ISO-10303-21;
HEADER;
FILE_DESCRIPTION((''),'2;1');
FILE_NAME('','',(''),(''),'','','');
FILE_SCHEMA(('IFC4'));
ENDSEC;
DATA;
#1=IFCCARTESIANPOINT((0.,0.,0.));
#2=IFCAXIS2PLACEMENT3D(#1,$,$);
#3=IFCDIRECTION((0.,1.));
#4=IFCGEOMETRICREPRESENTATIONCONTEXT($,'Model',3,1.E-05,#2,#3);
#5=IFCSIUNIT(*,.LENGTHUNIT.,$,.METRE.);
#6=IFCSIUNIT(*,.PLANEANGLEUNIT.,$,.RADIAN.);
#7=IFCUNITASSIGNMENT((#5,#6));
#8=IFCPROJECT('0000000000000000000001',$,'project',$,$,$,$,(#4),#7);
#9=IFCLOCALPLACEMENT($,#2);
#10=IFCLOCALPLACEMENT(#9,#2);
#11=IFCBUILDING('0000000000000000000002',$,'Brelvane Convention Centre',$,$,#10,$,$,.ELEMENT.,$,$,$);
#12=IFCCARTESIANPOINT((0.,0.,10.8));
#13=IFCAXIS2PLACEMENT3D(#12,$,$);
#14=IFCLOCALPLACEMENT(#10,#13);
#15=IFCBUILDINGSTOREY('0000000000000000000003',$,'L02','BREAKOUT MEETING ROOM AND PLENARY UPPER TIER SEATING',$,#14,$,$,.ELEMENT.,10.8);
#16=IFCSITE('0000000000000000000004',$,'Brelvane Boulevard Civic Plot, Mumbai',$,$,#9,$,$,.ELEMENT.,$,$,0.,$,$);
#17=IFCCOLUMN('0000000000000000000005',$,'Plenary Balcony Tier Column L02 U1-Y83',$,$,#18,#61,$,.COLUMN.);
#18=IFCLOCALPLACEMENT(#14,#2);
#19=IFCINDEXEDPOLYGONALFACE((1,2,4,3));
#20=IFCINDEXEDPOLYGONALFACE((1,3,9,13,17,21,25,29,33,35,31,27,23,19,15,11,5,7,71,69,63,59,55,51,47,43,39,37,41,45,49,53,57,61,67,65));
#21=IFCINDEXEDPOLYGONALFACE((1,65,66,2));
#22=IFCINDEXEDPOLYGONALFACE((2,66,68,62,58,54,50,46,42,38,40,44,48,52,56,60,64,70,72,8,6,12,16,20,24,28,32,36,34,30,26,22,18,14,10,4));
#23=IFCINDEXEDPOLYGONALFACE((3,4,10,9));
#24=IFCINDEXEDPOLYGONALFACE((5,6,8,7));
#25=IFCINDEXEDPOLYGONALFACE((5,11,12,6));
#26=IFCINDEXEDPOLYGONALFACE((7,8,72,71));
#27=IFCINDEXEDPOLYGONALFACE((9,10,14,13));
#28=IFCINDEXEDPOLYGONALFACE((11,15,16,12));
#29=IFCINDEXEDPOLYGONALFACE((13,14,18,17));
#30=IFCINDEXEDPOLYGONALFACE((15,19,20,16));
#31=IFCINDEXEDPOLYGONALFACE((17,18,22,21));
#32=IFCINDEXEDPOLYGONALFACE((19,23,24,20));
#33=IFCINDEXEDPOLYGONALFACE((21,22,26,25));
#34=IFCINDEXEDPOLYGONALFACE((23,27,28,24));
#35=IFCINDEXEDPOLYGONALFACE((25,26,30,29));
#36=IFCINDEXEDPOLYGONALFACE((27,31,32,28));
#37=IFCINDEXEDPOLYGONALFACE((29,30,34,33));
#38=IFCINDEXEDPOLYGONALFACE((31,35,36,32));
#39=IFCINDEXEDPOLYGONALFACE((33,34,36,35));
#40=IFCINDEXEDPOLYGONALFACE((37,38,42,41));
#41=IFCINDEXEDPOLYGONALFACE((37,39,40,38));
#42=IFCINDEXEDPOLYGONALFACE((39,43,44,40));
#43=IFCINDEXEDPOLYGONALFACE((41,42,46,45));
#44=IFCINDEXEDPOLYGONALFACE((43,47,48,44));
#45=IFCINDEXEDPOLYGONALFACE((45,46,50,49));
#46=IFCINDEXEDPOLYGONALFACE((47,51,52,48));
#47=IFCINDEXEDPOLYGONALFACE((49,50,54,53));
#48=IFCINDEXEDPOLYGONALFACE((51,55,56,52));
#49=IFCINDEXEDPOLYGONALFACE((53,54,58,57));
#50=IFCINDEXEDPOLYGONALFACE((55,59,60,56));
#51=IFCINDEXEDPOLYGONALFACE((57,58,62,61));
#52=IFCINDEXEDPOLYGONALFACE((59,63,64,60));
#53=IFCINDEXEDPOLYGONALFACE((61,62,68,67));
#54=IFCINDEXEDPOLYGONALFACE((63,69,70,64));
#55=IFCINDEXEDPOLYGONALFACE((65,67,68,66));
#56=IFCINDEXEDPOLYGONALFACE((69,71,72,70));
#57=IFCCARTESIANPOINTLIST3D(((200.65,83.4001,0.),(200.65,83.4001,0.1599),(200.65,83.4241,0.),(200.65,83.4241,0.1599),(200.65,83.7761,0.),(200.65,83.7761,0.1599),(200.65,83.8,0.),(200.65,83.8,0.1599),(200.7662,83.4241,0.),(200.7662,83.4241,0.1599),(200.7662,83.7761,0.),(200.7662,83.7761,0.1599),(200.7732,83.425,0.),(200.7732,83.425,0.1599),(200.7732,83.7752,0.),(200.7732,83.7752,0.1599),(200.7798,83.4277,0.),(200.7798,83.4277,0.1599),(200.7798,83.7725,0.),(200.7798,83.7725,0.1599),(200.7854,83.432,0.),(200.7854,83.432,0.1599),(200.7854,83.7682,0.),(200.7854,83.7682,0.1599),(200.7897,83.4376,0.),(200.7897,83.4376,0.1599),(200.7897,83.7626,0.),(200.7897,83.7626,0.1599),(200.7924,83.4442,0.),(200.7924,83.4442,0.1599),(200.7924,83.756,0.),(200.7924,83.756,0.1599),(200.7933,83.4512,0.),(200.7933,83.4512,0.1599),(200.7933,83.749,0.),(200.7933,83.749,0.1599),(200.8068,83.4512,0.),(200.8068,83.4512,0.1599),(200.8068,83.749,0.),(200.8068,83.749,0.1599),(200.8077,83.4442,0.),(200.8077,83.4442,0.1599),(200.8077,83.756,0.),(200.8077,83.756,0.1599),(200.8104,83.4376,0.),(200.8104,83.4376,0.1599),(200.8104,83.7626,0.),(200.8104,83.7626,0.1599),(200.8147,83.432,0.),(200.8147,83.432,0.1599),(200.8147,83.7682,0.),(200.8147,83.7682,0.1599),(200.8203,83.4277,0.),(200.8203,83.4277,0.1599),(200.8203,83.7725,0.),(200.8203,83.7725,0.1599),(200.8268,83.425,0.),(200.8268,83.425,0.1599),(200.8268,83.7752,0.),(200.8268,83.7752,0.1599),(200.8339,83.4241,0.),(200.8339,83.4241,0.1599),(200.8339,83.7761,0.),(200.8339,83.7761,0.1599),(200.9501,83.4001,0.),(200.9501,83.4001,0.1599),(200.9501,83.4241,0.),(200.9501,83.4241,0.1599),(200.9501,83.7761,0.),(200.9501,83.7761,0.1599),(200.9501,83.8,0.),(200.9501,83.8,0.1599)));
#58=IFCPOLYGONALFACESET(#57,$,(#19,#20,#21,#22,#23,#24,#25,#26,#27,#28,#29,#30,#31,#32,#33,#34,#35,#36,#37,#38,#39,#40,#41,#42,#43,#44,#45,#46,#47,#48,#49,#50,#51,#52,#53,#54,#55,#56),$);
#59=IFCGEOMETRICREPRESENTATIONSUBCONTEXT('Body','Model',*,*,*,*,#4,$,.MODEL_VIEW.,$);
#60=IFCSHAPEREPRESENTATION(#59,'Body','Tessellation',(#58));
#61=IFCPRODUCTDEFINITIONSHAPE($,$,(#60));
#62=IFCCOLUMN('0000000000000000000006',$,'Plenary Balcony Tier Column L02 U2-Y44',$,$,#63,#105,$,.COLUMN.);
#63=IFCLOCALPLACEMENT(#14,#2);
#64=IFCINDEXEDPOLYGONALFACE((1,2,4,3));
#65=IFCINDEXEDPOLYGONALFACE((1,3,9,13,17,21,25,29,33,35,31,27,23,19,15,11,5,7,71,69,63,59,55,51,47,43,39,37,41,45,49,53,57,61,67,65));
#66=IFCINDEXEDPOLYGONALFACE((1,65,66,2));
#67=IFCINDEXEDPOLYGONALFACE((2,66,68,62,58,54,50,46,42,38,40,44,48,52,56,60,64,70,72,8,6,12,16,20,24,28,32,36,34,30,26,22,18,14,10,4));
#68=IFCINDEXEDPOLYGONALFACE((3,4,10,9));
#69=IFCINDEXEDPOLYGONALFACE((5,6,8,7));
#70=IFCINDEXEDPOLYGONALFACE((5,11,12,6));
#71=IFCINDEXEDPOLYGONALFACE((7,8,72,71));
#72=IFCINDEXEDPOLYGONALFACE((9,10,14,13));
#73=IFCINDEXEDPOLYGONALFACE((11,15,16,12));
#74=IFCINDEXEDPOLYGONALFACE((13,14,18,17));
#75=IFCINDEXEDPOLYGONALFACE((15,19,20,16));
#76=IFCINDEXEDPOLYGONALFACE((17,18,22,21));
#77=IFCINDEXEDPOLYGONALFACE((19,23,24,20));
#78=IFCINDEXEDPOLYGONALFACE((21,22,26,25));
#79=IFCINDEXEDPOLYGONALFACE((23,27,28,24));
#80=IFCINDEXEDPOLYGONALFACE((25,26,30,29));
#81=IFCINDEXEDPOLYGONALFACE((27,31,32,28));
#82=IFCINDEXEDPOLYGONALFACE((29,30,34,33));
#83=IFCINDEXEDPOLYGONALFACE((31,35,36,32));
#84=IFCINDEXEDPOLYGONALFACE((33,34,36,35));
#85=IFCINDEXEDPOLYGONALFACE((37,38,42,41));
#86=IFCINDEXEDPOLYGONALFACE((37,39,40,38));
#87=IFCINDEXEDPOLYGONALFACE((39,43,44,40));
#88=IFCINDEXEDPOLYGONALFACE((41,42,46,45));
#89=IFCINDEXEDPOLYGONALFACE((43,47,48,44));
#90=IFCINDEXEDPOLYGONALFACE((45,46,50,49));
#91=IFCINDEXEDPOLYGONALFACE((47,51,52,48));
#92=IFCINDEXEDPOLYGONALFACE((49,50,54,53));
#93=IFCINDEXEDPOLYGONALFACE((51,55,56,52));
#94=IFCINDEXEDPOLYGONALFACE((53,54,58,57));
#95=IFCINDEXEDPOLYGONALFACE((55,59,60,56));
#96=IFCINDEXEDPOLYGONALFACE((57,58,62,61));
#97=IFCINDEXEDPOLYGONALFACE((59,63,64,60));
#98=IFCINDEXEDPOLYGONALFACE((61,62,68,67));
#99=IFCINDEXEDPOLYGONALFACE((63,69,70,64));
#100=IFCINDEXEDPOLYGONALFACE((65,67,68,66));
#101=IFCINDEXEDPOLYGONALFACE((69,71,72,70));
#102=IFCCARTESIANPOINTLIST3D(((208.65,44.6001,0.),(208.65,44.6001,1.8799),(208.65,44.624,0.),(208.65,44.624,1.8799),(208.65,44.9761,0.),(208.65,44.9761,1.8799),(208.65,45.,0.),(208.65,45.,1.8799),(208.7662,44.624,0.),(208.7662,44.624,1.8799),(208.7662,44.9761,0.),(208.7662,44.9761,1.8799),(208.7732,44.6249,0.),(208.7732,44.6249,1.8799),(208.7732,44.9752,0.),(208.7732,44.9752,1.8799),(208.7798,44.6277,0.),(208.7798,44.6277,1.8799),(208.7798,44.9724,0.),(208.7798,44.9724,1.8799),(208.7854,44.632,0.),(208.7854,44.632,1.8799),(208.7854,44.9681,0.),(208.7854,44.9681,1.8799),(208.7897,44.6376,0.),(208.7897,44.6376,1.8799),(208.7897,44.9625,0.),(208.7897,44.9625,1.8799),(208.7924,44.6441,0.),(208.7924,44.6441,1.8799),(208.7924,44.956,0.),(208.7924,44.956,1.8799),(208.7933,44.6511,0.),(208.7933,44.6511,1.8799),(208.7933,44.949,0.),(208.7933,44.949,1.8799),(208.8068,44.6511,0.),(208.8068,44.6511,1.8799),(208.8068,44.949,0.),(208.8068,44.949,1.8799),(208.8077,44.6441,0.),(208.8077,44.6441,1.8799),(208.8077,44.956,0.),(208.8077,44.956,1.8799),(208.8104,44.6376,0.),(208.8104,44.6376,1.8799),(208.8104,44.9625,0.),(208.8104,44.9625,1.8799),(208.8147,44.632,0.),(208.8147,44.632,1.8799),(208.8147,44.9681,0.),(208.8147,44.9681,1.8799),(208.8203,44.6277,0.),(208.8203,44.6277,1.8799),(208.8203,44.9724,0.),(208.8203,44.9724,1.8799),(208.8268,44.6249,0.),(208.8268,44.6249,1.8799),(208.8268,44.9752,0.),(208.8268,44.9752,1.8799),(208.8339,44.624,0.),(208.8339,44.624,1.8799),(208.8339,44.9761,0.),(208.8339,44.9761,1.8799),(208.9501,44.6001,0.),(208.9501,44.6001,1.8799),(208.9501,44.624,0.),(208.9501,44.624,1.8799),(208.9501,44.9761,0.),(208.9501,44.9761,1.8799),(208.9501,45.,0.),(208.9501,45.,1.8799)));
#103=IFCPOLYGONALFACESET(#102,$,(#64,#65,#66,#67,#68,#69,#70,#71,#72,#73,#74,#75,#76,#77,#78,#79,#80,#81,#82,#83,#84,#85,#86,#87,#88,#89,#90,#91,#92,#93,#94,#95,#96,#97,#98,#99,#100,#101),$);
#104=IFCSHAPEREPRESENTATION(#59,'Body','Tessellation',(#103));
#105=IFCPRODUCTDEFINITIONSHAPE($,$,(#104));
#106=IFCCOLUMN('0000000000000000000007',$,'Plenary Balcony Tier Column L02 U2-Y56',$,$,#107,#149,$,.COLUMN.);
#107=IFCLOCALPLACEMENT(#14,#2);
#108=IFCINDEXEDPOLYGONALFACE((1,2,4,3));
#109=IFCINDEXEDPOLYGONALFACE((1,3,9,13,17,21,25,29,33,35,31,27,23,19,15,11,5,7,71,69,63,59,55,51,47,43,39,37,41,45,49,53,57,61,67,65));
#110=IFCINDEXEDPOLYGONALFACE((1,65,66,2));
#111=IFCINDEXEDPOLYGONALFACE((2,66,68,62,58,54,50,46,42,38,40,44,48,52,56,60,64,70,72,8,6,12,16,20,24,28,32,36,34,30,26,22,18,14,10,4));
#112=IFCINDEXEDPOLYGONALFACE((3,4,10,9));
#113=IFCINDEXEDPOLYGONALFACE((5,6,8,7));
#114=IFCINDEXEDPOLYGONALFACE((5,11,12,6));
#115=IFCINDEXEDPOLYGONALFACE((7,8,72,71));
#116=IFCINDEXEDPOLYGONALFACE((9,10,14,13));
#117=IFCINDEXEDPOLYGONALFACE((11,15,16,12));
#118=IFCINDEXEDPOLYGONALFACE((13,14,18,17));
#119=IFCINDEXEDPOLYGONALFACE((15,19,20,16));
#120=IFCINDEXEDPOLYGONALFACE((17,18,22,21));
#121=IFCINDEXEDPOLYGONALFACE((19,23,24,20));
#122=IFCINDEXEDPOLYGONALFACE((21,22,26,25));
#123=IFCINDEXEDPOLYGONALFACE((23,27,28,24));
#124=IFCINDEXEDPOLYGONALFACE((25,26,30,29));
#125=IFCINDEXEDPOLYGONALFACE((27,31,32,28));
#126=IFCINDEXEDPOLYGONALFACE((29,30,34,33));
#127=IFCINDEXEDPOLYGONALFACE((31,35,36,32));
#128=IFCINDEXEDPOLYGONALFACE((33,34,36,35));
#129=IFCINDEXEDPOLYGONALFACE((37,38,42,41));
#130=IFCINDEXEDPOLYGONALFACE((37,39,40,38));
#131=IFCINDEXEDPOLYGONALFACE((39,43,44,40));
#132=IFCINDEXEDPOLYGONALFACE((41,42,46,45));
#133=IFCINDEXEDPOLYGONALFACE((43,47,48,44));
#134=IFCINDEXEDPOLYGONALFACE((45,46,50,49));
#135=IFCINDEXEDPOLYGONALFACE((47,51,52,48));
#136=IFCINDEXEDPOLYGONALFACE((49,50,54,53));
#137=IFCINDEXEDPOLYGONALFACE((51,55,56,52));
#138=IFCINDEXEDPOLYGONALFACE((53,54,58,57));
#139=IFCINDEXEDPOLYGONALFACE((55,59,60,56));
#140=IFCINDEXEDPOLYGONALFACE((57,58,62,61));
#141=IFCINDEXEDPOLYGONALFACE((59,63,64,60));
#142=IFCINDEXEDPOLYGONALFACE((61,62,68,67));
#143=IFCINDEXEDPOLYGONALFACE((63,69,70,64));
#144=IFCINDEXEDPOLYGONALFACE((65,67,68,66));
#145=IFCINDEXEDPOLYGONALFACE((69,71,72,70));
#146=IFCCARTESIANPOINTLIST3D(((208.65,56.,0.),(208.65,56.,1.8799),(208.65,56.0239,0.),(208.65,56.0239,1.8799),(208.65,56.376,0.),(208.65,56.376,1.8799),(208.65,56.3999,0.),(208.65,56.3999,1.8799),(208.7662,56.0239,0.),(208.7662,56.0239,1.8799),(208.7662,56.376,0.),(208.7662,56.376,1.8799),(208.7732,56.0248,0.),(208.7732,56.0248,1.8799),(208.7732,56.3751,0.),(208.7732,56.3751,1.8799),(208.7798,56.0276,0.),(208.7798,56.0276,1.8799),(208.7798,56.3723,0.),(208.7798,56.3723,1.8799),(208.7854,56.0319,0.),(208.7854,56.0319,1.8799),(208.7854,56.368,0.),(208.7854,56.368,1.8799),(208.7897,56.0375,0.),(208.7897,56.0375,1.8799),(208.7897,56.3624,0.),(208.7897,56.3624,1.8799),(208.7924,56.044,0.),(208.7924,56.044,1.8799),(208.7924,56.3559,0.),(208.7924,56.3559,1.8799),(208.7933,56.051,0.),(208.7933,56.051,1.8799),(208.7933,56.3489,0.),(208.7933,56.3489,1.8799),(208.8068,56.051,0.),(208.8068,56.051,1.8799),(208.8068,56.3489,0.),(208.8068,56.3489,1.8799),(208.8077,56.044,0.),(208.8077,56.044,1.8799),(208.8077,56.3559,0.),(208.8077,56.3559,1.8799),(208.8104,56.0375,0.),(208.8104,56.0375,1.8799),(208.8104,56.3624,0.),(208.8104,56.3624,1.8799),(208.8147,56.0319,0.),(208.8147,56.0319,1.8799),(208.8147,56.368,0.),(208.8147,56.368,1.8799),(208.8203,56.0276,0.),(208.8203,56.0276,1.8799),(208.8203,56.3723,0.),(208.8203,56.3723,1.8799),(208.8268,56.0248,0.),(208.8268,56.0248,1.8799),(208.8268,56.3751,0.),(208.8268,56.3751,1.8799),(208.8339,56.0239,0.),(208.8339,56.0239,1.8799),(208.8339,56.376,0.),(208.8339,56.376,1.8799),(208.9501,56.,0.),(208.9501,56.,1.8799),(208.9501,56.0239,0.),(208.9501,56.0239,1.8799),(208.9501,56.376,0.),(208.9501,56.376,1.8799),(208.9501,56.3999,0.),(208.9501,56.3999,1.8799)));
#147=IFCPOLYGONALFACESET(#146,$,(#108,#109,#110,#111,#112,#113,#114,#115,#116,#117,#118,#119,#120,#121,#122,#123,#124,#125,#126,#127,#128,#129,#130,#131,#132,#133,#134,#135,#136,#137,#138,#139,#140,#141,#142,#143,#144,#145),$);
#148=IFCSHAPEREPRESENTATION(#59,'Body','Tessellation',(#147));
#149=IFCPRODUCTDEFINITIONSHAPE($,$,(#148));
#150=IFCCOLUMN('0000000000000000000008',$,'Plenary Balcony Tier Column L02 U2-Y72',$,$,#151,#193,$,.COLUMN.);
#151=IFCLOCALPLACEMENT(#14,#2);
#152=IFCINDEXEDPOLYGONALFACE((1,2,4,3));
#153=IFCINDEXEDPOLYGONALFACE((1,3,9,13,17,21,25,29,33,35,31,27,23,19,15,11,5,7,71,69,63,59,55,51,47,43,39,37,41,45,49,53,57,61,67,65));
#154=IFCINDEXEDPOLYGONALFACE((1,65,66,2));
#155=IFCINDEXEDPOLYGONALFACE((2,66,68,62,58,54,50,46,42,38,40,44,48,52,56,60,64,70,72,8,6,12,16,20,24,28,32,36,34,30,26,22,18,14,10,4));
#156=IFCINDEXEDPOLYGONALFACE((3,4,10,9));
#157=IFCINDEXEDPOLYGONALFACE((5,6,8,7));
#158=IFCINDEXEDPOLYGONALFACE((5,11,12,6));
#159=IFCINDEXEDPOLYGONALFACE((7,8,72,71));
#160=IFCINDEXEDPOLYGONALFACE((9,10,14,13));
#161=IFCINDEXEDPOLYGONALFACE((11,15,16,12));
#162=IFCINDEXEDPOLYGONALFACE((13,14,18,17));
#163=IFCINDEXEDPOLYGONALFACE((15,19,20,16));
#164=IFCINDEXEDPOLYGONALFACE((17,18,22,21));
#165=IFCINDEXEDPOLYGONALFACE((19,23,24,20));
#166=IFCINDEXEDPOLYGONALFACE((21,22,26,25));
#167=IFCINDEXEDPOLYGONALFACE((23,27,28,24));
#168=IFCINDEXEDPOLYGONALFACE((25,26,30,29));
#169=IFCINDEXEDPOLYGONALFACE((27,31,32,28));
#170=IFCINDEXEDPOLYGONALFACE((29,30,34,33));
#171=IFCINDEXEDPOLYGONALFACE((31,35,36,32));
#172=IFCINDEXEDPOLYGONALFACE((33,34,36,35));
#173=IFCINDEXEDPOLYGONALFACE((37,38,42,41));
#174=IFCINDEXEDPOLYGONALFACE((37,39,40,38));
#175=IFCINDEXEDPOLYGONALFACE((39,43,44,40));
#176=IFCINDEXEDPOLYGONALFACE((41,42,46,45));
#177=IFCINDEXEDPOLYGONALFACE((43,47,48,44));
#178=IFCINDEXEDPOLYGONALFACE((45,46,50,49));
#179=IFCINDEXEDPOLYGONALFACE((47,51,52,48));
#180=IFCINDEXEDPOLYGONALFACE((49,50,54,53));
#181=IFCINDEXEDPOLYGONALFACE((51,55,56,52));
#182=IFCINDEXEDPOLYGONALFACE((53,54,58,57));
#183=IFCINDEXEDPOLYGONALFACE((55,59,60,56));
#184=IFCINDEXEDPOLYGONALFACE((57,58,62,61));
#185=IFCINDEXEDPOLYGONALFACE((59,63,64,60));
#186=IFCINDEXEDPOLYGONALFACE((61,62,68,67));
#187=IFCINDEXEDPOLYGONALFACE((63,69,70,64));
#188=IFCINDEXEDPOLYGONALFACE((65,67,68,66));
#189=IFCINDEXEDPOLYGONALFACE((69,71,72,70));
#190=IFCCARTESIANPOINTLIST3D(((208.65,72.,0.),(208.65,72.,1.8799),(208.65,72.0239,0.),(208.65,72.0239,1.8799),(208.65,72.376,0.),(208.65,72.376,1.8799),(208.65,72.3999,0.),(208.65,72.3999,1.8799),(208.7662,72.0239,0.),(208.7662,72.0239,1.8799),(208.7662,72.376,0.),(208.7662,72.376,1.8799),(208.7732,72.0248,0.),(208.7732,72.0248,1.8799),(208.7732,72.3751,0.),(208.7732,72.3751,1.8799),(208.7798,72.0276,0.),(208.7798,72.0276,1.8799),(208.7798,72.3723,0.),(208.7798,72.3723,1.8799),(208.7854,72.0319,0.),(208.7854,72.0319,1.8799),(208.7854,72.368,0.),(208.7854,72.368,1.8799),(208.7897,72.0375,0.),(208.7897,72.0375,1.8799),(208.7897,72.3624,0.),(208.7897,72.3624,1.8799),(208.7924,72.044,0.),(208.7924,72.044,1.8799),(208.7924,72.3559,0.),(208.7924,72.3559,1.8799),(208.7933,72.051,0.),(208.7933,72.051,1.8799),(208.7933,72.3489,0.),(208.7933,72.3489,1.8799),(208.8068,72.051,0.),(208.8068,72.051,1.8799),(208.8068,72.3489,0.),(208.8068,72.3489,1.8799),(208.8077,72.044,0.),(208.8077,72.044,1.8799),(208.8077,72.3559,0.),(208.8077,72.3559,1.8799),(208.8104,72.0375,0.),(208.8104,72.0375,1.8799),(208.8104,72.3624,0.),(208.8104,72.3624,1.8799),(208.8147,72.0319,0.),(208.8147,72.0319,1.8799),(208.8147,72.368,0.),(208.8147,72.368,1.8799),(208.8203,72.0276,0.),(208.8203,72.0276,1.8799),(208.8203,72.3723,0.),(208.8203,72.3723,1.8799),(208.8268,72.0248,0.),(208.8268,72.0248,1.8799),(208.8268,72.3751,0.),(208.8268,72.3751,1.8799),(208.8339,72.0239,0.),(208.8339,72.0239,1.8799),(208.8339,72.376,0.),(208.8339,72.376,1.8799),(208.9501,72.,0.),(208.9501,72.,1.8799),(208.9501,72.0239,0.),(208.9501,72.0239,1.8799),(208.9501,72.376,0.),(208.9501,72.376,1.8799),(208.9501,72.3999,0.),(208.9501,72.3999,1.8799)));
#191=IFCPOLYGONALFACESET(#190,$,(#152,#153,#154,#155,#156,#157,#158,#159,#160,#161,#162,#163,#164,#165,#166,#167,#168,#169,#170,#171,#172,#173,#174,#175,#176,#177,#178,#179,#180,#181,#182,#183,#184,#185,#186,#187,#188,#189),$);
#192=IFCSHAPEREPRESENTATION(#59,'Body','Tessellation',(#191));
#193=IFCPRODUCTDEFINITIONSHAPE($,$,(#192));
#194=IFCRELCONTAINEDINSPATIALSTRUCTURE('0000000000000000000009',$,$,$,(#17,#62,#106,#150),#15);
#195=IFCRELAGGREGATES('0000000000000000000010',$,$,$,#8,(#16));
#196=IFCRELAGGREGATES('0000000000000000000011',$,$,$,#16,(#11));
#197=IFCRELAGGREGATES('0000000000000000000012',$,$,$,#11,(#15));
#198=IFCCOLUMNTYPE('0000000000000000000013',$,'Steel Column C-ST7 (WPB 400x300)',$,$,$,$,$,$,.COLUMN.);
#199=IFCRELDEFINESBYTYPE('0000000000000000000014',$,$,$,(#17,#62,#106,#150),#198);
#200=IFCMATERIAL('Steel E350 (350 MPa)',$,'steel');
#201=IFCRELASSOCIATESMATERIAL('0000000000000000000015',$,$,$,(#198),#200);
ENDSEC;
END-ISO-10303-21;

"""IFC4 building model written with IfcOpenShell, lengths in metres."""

from ifc_helpers import new_model, si_unit, direction, frame, origin, origin_2d, place, context, subcontext, project, spatial, i_section, extrude, material, material_profile, profile_set, type_object, element, save


model = new_model("IFC4")

# Units and contexts
model_context = context("Model", 3, precision=1e-05, world=origin(), true_north=direction((0.0, 1.0)))
body_context = subcontext(model_context, "Body", "Model", "MODEL_VIEW")
ifc_project = project(units=[si_unit("LENGTHUNIT", "METRE"), si_unit("PLANEANGLEUNIT", "RADIAN")], contexts=[model_context])

# Site, building, storey
site_placement = place(None, origin())
site = spatial("IfcSite", under=ifc_project, at=site_placement, Name="Brelvane Boulevard Civic Plot, Mumbai", CompositionType="ELEMENT", RefElevation=0.0)
building_placement = place(site_placement, origin())
building = spatial("IfcBuilding", under=site, at=building_placement, Name="Brelvane Convention Centre", CompositionType="ELEMENT")
storey_placement = place(building_placement, frame((0.0, 0.0, 10.8)))
storey = spatial("IfcBuildingStorey", under=building, at=storey_placement, Name="L02", Description="BREAKOUT MEETING ROOM AND PLENARY UPPER TIER SEATING", CompositionType="ELEMENT", Elevation=10.8)

# Columns
ifc_material_1 = material(Name="Steel E350 (350 MPa)", Category="steel")
ifc_material_profile_1 = material_profile(ifc_material_1, i_section(OverallWidth=0.3, OverallDepth=0.3999, WebThickness=0.0134, FlangeThickness=0.0239, FilletRadius=0.0271, at=origin_2d()), Name="WPB 400x300")
ifc_profile_set_1 = profile_set([ifc_material_profile_1], Name="Steel E350 (350 MPa)")
column_type_1 = type_object("IfcColumnType", Name="Steel Column C-ST7 (WPB 400x300)", PredefinedType="COLUMN", material=ifc_profile_set_1)
for number, where, z_axis, x_axis, name in (
    (1, (200.8, 83.6001, 0.0), (0.0, 0.0, 1.0), (1.0, 0.0, 0.0), "Plenary Balcony Tier Column L02 U1-Y83"),
):
    element("IfcColumn", number, at=place(storey_placement, frame(where, z_axis=z_axis, x_axis=x_axis)), inside=storey, type_object=column_type_1, Name=name, PredefinedType="COLUMN", context=body_context, shape_type="SweptSolid", body=[
        extrude(i_section(OverallWidth=0.3, OverallDepth=0.3999, WebThickness=0.0134, FlangeThickness=0.0239, FilletRadius=0.0271, at=origin_2d()), origin(), (0.0, 0.0, 1.0), 0.1599),
    ])
for number, where, z_axis, x_axis, name in (
    (2, (208.8, 44.8, 0.0), (0.0, 0.0, 1.0), (1.0, 0.0, 0.0), "Plenary Balcony Tier Column L02 U2-Y44"),
    (3, (208.8, 56.2, 0.0), (0.0, 0.0, 1.0), (1.0, 0.0, 0.0), "Plenary Balcony Tier Column L02 U2-Y56"),
    (4, (208.8, 72.2, 0.0), (0.0, 0.0, 1.0), (1.0, 0.0, 0.0), "Plenary Balcony Tier Column L02 U2-Y72"),
):
    element("IfcColumn", number, at=place(storey_placement, frame(where, z_axis=z_axis, x_axis=x_axis)), inside=storey, type_object=column_type_1, Name=name, PredefinedType="COLUMN", context=body_context, shape_type="SweptSolid", body=[
        extrude(i_section(OverallWidth=0.3, OverallDepth=0.3999, WebThickness=0.0134, FlangeThickness=0.0239, FilletRadius=0.0271, at=origin_2d()), origin(), (0.0, 0.0, 1.0), 1.8799),
    ])

save(model, "model.ifc")
